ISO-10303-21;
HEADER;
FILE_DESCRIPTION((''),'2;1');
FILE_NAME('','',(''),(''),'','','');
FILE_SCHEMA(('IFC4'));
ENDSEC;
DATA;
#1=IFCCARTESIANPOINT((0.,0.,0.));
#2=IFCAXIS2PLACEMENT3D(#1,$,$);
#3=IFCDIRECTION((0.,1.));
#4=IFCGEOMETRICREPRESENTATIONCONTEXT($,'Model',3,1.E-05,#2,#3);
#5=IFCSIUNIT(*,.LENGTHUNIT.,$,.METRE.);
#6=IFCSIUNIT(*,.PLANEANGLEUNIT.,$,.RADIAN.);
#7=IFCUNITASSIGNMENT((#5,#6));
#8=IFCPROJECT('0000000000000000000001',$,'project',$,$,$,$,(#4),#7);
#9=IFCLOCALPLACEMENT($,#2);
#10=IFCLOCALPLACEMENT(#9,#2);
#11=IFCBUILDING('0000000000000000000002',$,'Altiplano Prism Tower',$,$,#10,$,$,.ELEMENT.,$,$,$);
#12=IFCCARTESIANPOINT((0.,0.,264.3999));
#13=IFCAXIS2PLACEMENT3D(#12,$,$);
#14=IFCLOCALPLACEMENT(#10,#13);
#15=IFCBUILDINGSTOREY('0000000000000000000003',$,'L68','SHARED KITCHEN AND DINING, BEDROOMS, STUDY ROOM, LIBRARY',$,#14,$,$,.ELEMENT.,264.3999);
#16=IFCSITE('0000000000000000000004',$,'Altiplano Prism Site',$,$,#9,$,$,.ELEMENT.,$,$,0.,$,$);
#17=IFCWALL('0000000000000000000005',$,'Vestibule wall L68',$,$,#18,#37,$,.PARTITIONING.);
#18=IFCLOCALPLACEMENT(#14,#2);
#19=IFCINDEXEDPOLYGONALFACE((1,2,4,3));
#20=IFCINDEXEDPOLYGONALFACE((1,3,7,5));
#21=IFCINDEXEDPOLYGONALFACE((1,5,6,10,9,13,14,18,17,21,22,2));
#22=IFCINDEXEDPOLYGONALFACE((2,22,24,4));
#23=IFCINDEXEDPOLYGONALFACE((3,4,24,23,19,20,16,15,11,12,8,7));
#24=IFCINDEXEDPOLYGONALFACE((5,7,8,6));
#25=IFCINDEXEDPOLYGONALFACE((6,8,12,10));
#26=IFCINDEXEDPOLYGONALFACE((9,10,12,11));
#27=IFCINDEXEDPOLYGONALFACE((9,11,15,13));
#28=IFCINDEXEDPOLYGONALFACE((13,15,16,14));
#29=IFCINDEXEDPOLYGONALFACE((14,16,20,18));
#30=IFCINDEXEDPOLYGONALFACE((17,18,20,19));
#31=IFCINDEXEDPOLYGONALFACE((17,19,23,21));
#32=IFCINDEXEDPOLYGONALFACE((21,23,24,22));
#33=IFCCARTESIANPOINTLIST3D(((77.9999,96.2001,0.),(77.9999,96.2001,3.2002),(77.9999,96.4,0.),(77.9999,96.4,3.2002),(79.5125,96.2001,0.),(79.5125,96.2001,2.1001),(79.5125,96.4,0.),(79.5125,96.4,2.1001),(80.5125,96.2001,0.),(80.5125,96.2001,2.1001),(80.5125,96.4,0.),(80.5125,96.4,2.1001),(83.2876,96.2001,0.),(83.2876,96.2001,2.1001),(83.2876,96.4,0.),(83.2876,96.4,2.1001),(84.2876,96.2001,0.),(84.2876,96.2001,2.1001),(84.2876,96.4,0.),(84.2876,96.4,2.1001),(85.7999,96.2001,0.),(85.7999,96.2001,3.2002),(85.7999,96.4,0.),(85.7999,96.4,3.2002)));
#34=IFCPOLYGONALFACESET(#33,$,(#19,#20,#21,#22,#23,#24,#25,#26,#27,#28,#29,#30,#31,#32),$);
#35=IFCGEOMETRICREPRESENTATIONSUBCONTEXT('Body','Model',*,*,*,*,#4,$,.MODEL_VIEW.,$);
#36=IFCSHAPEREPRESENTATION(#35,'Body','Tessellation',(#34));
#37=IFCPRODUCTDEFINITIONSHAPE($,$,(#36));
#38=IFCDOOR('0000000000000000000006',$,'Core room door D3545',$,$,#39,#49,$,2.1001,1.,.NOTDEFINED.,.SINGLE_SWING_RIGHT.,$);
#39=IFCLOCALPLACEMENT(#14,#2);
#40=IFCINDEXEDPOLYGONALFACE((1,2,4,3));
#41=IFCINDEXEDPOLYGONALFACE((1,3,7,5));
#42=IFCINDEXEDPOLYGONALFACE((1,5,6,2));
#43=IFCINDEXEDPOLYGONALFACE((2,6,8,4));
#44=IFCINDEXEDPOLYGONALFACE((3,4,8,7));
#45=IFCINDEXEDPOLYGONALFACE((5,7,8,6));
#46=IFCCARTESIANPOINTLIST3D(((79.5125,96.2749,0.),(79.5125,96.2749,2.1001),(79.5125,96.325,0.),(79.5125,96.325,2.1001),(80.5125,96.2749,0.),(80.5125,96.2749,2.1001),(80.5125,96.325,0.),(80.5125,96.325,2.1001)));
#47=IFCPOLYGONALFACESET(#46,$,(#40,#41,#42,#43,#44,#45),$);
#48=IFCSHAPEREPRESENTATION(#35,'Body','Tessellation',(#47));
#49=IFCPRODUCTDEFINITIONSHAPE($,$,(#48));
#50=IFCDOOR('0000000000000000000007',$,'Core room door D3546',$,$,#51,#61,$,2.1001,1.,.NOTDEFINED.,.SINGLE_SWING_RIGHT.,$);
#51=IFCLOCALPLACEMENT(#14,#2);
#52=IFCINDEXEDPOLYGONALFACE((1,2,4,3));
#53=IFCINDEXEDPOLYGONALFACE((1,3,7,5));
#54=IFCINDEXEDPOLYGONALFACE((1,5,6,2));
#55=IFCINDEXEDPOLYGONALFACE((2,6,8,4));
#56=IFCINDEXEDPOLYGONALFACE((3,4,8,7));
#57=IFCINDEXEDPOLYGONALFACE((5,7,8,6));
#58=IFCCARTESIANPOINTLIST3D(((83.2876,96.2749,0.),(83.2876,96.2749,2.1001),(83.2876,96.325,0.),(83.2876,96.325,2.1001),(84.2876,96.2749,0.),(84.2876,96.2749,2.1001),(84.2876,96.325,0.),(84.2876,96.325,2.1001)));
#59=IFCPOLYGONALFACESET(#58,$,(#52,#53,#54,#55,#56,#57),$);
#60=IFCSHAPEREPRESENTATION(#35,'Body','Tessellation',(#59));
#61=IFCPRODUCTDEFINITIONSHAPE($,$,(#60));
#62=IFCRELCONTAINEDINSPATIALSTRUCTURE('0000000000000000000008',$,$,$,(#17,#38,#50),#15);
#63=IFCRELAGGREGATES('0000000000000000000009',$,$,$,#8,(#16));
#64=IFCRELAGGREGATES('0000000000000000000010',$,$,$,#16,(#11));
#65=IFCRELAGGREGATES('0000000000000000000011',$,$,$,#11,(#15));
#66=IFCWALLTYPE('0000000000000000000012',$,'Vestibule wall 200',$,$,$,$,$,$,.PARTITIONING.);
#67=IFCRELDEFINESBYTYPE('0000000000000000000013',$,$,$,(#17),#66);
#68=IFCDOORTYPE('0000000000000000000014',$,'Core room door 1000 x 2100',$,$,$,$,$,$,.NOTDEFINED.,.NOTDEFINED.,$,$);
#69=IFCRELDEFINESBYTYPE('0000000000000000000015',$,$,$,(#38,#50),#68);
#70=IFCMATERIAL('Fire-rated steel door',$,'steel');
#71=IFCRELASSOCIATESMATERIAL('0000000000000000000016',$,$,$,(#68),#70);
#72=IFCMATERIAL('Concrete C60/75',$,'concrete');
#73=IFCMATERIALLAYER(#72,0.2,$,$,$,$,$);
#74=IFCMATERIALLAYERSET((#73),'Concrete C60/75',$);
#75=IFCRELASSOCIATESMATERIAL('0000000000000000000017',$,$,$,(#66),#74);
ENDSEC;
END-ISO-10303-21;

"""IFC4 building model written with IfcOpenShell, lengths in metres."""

from ifc_helpers import new_model, si_unit, direction, frame, frame_2d, origin, place, context, subcontext, project, spatial, rectangle, extrude, material, layer, layer_set, type_object, element, fill, save


model = new_model("IFC4")

# Units and contexts
model_context = context("Model", 3, precision=1e-05, world=origin(), true_north=direction((0.0, 1.0)))
body_context = subcontext(model_context, "Body", "Model", "MODEL_VIEW")
ifc_project = project(units=[si_unit("LENGTHUNIT", "METRE"), si_unit("PLANEANGLEUNIT", "RADIAN")], contexts=[model_context])

# Site, building, storey
site_placement = place(None, origin())
site = spatial("IfcSite", under=ifc_project, at=site_placement, Name="Altiplano Prism Site", CompositionType="ELEMENT", RefElevation=0.0)
building_placement = place(site_placement, origin())
building = spatial("IfcBuilding", under=site, at=building_placement, Name="Altiplano Prism Tower", CompositionType="ELEMENT")
storey_placement = place(building_placement, frame((0.0, 0.0, 264.3999)))
storey = spatial("IfcBuildingStorey", under=building, at=storey_placement, Name="L68", Description="SHARED KITCHEN AND DINING, BEDROOMS, STUDY ROOM, LIBRARY", CompositionType="ELEMENT", Elevation=264.3999)

# Shared definitions
ifc_material_1 = material(Name="Concrete C60/75", Category="concrete")
ifc_material_2 = material(Name="Fire-rated steel door", Category="steel")
door_type_1 = type_object("IfcDoorType", Name="Core room door 1000 x 2100", OperationType="NOTDEFINED", PredefinedType="NOTDEFINED", material=ifc_material_2)

# Shared definitions
ifc_layer_1 = layer(ifc_material_1, 0.2)
ifc_layer_set_1 = layer_set([ifc_layer_1], Name="Concrete C60/75")
wall_type_1 = type_object("IfcWallType", Name="Vestibule wall 200", PredefinedType="PARTITIONING", material=ifc_layer_set_1)

# Wall, openings, doors
wall_1_placement = place(storey_placement, frame((78.0, 96.3, 0.0), z_axis=(0.0, 0.0, 1.0), x_axis=(1.0, 0.0, 0.0)))
wall_1 = element("IfcWall", 1, at=wall_1_placement, inside=storey, type_object=wall_type_1, Name="Vestibule wall L68", PredefinedType="PARTITIONING", context=body_context, shape_type="SweptSolid", body=[
    extrude(rectangle(XDim=7.8, YDim=0.2, at=frame_2d((3.8999, 0.0))), origin(), (0.0, 0.0, 1.0), 3.2002),
])
opening_1_placement = place(wall_1_placement, frame((1.5125, 0.0, 0.0)))
opening_1 = element("IfcOpeningElement", 2, at=opening_1_placement, cuts=wall_1, PredefinedType="OPENING", context=body_context, shape_type="SweptSolid", body=[
    extrude(rectangle(XDim=1.0, YDim=2.1001, at=frame_2d((0.5, 1.05))), frame((0.0, 0.1104, 0.0), z_axis=(0.0, -1.0, 0.0), x_axis=(1.0, 0.0, 0.0)), (0.0, 0.0, 1.0), 0.2209),
])
opening_2_placement = place(wall_1_placement, frame((5.2876, 0.0, 0.0)))
opening_2 = element("IfcOpeningElement", 3, at=opening_2_placement, cuts=wall_1, PredefinedType="OPENING", context=body_context, shape_type="SweptSolid", body=[
    extrude(rectangle(XDim=1.0, YDim=2.1001, at=frame_2d((0.5, 1.05))), frame((0.0, 0.1104, 0.0), z_axis=(0.0, -1.0, 0.0), x_axis=(1.0, 0.0, 0.0)), (0.0, 0.0, 1.0), 0.2209),
])
door_1_placement = place(opening_1_placement, origin())
door_1 = element("IfcDoor", 4, at=door_1_placement, inside=storey, type_object=door_type_1, Name="Core room door D3545", OperationType="SINGLE_SWING_RIGHT", OverallHeight=2.1001, OverallWidth=1.0, PredefinedType="NOTDEFINED", context=body_context, shape_type="SweptSolid", body=[
    extrude(rectangle(XDim=1.0, YDim=2.1001, at=frame_2d((0.5, 1.05))), frame((0.0, 0.0249, 0.0), z_axis=(0.0, -1.0, 0.0), x_axis=(1.0, 0.0, 0.0)), (0.0, 0.0, 1.0), 0.05),
])
fill(opening_1, door_1)
door_2_placement = place(opening_2_placement, origin())
door_2 = element("IfcDoor", 5, at=door_2_placement, inside=storey, type_object=door_type_1, Name="Core room door D3546", OperationType="SINGLE_SWING_RIGHT", OverallHeight=2.1001, OverallWidth=1.0, PredefinedType="NOTDEFINED", context=body_context, shape_type="SweptSolid", body=[
    extrude(rectangle(XDim=1.0, YDim=2.1001, at=frame_2d((0.5, 1.05))), frame((0.0, 0.0249, 0.0), z_axis=(0.0, -1.0, 0.0), x_axis=(1.0, 0.0, 0.0)), (0.0, 0.0, 1.0), 0.05),
])
fill(opening_2, door_2)

save(model, "model.ifc")
